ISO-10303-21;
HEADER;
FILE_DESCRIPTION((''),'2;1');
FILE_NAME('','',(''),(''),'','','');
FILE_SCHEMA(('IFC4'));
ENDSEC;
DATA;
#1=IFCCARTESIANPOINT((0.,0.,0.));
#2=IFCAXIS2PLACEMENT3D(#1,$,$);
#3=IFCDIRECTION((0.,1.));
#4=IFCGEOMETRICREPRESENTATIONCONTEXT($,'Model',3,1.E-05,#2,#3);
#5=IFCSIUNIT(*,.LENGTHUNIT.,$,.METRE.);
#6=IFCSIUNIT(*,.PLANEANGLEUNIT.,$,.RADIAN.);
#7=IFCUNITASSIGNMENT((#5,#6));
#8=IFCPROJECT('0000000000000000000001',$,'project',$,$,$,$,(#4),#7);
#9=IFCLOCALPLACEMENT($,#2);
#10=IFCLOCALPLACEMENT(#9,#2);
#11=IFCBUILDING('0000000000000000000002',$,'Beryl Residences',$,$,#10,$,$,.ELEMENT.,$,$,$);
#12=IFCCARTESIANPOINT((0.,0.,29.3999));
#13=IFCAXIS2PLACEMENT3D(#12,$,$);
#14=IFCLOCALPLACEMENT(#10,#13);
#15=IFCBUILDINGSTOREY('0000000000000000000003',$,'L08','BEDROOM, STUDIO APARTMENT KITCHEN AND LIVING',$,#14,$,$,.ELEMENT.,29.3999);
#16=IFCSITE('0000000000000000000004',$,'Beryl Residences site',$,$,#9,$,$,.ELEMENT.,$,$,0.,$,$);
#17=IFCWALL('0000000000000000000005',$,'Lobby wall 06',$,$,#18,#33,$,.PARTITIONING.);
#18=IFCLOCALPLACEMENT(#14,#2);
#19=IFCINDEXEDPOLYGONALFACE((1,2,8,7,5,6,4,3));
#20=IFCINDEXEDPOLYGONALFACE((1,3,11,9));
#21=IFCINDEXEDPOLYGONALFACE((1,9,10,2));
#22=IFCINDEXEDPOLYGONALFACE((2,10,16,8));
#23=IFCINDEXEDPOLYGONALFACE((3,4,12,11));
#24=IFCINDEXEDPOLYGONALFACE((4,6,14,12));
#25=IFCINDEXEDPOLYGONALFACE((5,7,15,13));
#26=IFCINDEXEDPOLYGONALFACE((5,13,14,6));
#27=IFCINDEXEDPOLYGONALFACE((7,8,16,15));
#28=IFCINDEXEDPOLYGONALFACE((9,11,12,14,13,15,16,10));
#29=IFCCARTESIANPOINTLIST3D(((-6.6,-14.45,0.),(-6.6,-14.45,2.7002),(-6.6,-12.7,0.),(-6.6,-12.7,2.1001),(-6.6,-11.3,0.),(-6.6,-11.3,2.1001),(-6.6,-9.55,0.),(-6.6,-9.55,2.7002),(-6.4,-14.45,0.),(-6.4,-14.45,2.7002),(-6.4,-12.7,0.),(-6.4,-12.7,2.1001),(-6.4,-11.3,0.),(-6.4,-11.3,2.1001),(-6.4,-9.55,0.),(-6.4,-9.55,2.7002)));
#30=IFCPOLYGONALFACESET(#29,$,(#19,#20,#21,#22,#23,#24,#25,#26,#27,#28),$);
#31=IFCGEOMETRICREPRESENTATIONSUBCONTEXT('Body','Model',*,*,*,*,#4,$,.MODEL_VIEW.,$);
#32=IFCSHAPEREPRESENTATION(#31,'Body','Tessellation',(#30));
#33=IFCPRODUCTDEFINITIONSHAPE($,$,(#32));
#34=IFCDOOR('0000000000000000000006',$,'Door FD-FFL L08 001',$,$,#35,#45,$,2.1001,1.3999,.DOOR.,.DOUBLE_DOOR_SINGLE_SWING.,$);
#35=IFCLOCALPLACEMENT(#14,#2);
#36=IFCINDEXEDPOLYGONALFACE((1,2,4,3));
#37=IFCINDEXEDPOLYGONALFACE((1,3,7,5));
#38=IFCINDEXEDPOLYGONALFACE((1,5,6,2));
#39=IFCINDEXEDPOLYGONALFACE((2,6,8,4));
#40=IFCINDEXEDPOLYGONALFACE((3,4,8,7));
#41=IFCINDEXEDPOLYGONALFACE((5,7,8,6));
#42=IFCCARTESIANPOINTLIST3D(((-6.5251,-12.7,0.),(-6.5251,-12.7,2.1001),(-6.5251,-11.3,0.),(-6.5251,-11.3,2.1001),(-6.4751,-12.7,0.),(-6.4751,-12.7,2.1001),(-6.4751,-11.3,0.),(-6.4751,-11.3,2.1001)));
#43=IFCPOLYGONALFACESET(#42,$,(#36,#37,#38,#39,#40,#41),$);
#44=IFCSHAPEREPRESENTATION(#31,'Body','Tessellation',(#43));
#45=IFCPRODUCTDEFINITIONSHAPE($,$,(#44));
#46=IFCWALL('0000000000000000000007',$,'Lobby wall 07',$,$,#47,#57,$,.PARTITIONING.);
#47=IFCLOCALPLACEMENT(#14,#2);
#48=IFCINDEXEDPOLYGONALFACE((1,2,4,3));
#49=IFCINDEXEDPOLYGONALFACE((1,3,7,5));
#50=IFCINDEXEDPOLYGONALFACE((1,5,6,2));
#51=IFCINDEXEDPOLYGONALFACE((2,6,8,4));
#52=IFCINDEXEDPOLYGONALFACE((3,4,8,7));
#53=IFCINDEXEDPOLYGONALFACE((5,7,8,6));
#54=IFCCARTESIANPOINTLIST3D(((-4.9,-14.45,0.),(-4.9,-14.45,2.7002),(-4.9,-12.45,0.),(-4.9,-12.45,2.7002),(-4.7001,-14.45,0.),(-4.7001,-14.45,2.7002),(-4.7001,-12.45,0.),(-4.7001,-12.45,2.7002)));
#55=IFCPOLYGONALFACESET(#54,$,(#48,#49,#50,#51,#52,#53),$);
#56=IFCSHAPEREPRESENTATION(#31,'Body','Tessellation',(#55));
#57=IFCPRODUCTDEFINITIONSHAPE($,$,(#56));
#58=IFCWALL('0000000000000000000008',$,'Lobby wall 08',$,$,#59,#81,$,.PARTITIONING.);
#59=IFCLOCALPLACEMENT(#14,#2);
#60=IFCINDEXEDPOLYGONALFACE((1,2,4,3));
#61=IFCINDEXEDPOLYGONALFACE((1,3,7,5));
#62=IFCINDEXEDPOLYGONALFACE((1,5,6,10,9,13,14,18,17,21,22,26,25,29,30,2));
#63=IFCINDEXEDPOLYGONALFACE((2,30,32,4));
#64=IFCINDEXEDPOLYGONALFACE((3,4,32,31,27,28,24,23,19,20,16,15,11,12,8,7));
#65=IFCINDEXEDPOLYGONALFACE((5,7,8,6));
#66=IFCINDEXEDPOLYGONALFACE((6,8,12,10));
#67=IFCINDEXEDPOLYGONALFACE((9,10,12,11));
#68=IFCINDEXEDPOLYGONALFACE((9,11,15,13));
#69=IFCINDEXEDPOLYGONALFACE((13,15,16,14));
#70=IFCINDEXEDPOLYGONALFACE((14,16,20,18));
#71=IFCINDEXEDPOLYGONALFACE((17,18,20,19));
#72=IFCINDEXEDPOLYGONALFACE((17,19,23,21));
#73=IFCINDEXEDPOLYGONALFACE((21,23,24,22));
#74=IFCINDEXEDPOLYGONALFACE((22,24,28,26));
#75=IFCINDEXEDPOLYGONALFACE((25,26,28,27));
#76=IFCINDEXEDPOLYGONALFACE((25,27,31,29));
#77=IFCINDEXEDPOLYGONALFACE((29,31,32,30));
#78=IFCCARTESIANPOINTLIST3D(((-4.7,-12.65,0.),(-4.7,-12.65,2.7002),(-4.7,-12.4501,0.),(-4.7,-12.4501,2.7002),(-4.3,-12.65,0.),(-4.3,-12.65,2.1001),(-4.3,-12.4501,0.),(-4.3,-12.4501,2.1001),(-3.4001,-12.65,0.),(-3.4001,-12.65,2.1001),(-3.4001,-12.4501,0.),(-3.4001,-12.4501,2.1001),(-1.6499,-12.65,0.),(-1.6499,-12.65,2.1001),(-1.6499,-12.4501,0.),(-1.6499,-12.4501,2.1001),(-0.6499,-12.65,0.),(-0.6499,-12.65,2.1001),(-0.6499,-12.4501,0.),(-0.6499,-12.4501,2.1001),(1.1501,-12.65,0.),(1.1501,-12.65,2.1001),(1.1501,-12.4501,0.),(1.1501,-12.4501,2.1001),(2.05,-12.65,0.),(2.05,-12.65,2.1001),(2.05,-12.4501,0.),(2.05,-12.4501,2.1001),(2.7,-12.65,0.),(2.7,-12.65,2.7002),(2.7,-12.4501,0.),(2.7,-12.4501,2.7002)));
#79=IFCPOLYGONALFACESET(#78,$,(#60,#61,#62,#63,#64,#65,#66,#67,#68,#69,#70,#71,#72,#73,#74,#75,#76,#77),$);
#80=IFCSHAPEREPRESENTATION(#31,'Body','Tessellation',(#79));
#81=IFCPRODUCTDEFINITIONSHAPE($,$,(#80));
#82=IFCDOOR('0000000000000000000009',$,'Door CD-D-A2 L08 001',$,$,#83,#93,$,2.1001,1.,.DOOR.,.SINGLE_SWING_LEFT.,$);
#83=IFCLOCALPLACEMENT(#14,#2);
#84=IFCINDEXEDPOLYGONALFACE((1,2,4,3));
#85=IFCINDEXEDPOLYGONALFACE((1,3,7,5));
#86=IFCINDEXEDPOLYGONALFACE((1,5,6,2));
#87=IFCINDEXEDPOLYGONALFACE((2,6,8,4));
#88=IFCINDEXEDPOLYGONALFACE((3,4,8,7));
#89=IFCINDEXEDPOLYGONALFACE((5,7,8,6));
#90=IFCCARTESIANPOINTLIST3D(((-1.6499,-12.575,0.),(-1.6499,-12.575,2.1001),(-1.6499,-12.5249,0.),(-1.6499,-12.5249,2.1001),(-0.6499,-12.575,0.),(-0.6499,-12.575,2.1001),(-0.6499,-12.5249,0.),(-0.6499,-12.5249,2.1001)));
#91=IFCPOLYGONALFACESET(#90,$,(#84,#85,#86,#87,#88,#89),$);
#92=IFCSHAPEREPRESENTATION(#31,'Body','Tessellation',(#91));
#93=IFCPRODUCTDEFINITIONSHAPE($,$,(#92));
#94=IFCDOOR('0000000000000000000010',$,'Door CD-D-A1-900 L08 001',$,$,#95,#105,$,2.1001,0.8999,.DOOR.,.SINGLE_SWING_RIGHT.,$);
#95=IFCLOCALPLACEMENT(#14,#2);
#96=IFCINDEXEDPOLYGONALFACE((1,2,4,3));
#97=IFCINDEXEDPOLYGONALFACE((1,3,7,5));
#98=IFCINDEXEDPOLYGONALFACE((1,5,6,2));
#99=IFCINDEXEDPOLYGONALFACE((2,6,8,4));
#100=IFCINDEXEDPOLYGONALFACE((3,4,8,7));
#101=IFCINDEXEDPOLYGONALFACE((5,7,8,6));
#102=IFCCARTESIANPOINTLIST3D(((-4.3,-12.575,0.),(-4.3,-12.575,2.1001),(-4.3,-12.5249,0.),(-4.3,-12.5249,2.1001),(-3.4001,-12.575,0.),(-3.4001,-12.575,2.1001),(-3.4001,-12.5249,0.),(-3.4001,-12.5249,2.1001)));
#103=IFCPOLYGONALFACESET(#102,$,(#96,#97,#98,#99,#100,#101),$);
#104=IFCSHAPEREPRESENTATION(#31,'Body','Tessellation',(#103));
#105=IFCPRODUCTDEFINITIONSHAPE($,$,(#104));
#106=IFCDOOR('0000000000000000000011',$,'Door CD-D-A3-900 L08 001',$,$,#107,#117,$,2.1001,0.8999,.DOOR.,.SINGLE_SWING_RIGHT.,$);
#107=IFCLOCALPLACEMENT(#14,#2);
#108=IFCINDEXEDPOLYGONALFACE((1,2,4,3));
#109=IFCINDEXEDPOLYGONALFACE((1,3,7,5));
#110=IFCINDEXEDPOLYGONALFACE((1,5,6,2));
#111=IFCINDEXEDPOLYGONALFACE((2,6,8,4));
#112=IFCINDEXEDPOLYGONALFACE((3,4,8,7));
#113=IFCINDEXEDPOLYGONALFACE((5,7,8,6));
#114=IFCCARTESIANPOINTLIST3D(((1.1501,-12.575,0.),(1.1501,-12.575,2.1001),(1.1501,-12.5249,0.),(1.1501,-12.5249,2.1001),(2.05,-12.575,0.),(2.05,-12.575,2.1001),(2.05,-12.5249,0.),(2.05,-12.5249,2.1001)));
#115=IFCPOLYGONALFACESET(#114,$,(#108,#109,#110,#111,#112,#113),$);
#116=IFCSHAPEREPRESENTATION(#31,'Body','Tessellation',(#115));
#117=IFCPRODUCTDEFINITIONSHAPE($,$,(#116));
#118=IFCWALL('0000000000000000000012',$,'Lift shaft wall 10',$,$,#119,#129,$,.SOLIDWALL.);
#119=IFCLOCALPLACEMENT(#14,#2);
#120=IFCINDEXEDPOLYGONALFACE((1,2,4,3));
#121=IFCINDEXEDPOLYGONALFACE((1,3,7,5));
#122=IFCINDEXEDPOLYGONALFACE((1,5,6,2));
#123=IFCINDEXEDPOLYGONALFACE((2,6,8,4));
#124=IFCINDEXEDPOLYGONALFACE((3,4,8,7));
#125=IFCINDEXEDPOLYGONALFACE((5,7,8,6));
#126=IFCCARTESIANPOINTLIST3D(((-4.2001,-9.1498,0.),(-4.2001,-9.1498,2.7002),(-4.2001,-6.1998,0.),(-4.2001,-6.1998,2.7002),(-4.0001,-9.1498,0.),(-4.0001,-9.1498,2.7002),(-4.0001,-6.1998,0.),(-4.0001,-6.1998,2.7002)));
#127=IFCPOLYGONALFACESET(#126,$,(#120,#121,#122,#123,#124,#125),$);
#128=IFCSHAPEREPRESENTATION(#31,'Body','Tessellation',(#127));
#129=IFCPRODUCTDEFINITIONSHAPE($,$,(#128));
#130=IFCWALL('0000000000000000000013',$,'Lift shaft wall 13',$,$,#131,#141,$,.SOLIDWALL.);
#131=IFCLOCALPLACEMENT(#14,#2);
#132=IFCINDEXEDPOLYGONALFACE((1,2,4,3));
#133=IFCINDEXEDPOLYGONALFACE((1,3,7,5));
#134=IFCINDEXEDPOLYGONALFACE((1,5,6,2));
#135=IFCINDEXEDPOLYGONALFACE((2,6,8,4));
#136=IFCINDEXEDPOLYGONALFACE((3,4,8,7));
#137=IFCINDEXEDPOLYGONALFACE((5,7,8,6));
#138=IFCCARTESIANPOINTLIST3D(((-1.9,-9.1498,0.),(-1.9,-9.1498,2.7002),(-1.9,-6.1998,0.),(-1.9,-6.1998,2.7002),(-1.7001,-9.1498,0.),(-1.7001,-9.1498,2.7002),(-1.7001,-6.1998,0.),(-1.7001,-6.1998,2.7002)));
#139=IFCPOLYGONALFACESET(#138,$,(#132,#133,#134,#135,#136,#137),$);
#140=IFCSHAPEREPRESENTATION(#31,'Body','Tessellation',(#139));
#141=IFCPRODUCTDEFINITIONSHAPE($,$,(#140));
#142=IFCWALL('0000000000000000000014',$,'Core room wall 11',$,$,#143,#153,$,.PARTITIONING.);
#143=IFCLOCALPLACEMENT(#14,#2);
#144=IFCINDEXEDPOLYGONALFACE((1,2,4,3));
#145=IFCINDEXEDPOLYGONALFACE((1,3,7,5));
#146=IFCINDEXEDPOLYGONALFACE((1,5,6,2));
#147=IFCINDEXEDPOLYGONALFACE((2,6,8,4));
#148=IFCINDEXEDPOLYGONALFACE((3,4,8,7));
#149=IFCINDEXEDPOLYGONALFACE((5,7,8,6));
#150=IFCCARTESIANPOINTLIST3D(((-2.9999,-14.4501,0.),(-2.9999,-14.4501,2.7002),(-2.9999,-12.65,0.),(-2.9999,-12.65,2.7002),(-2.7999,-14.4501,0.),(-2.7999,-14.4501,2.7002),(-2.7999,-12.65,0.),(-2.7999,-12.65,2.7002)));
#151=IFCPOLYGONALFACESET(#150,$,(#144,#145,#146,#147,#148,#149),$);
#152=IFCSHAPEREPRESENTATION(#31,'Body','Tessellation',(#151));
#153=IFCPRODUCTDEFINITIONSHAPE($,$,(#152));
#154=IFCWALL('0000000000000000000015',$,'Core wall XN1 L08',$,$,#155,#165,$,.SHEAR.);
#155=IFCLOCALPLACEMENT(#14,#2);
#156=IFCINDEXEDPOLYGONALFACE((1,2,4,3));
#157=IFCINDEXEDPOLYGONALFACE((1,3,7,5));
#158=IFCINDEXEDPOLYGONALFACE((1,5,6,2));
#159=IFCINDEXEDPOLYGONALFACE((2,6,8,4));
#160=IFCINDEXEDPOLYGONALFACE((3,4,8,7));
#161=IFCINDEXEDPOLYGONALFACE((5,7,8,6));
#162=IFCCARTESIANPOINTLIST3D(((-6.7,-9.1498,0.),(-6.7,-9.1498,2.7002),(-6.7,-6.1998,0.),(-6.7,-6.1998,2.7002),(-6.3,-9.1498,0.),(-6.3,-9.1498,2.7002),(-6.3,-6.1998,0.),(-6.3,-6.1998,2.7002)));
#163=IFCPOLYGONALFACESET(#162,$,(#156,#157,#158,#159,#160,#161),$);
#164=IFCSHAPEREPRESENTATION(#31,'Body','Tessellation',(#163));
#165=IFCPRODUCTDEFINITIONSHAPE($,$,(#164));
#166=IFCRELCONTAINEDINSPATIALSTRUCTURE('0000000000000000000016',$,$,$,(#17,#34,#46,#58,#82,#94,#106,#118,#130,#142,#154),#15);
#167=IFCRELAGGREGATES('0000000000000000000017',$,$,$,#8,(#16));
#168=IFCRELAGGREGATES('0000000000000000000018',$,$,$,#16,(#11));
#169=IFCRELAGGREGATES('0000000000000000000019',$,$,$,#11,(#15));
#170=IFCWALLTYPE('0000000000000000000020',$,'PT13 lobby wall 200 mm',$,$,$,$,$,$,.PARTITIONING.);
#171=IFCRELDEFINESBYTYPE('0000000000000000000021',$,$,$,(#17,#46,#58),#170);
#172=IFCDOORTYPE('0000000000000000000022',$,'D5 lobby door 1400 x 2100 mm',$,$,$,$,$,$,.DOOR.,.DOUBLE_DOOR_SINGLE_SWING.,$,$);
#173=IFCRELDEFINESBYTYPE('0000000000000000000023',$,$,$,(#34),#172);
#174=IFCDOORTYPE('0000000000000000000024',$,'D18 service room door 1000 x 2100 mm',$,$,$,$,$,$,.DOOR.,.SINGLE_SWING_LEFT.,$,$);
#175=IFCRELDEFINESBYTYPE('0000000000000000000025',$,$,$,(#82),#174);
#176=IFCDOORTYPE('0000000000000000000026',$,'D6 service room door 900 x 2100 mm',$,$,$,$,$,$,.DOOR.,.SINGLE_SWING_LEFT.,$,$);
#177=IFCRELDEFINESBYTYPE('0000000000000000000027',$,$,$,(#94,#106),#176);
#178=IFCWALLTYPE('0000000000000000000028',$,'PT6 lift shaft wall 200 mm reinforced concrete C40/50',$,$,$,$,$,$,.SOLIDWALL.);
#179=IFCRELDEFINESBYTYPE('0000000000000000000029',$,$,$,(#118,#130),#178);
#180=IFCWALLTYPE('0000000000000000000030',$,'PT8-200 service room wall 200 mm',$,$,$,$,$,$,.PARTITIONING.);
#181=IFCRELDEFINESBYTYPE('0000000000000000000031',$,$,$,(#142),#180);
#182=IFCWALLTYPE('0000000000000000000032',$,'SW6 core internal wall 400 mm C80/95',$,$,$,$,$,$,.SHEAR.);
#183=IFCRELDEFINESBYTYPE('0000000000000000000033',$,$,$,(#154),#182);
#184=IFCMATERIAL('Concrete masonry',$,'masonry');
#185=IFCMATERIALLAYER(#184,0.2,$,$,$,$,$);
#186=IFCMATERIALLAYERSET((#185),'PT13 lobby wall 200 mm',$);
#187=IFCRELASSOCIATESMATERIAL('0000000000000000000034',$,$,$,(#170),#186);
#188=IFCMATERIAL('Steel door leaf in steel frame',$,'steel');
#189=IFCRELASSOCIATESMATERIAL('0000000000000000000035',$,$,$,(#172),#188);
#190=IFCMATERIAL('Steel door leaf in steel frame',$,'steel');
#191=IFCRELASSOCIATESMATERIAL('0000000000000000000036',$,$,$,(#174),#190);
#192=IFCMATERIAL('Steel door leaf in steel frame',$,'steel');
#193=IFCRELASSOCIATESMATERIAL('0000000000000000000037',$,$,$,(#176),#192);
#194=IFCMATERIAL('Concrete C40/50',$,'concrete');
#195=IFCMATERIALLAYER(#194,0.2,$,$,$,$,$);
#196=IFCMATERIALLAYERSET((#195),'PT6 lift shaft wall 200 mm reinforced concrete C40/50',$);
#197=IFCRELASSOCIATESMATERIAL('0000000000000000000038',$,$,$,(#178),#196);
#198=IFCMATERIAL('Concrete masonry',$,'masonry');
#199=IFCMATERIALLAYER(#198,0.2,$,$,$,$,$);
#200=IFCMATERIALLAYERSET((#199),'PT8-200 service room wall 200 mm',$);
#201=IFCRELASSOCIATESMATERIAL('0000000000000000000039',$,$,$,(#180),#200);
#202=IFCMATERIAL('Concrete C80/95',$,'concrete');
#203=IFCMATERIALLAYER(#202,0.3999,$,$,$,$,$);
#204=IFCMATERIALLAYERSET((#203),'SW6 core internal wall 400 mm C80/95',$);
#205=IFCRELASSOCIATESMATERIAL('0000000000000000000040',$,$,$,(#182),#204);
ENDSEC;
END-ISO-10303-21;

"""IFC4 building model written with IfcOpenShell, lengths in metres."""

from ifc_helpers import new_model, si_unit, direction, frame, frame_2d, origin, place, context, subcontext, project, spatial, rectangle, extrude, material, layer, layer_set, type_object, element, fill, save


model = new_model("IFC4")

# Units and contexts
model_context = context("Model", 3, precision=1e-05, world=origin(), true_north=direction((0.0, 1.0)))
body_context = subcontext(model_context, "Body", "Model", "MODEL_VIEW")
ifc_project = project(units=[si_unit("LENGTHUNIT", "METRE"), si_unit("PLANEANGLEUNIT", "RADIAN")], contexts=[model_context])

# Site, building, storey
site_placement = place(None, origin())
site = spatial("IfcSite", under=ifc_project, at=site_placement, Name="Beryl Residences site", CompositionType="ELEMENT", RefElevation=0.0)
building_placement = place(site_placement, origin())
building = spatial("IfcBuilding", under=site, at=building_placement, Name="Beryl Residences", CompositionType="ELEMENT")
storey_placement = place(building_placement, frame((0.0, 0.0, 29.3999)))
storey = spatial("IfcBuildingStorey", under=building, at=storey_placement, Name="L08", Description="BEDROOM, STUDIO APARTMENT KITCHEN AND LIVING", CompositionType="ELEMENT", Elevation=29.3999)

# Wall, opening, door
ifc_material_1 = material(Name="Concrete masonry", Category="masonry")
ifc_layer_1 = layer(ifc_material_1, 0.2)
ifc_layer_set_1 = layer_set([ifc_layer_1], Name="PT13 lobby wall 200 mm")
wall_type_1 = type_object("IfcWallType", Name="PT13 lobby wall 200 mm", PredefinedType="PARTITIONING", material=ifc_layer_set_1)
wall_1_placement = place(storey_placement, frame((-6.5, -14.45, 0.0), z_axis=(0.0, 0.0, 1.0), x_axis=(0.0, 1.0, 0.0)))
wall_1 = element("IfcWall", 1, at=wall_1_placement, inside=storey, type_object=wall_type_1, Name="Lobby wall 06", PredefinedType="PARTITIONING", context=body_context, shape_type="SweptSolid", body=[
    extrude(rectangle(XDim=4.8999, YDim=0.2, at=frame_2d((2.45, 0.0))), origin(), (0.0, 0.0, 1.0), 2.7002),
])
opening_1_placement = place(wall_1_placement, frame((3.1499, 0.0, 0.0), z_axis=(0.0, 0.0, 1.0), x_axis=(-1.0, 0.0, 0.0)))
opening_1 = element("IfcOpeningElement", 2, at=opening_1_placement, cuts=wall_1, PredefinedType="OPENING", context=body_context, shape_type="SweptSolid", body=[
    extrude(rectangle(XDim=1.3999, YDim=2.1001, at=frame_2d((0.7, 1.05))), frame((0.0, 0.1099, 0.0), z_axis=(0.0, -1.0, 0.0), x_axis=(1.0, 0.0, 0.0)), (0.0, 0.0, 1.0), 0.22),
])
ifc_material_2 = material(Name="Steel door leaf in steel frame", Category="steel")
door_type_1 = type_object("IfcDoorType", Name="D5 lobby door 1400 x 2100 mm", OperationType="DOUBLE_DOOR_SINGLE_SWING", PredefinedType="DOOR", material=ifc_material_2)
door_1_placement = place(opening_1_placement, origin())
door_1 = element("IfcDoor", 3, at=door_1_placement, inside=storey, type_object=door_type_1, Name="Door FD-FFL L08 001", OperationType="DOUBLE_DOOR_SINGLE_SWING", OverallHeight=2.1001, OverallWidth=1.3999, PredefinedType="DOOR", context=body_context, shape_type="SweptSolid", body=[
    extrude(rectangle(XDim=1.3999, YDim=2.1001, at=frame_2d((0.7, 1.05))), frame((0.0, 0.0249, 0.0), z_axis=(0.0, -1.0, 0.0), x_axis=(1.0, 0.0, 0.0)), (0.0, 0.0, 1.0), 0.05),
])
fill(opening_1, door_1)

# Wall
wall_2_placement = place(storey_placement, frame((-4.8, -14.45, 0.0), z_axis=(0.0, 0.0, 1.0), x_axis=(0.0, 1.0, 0.0)))
element("IfcWall", 4, at=wall_2_placement, inside=storey, type_object=wall_type_1, Name="Lobby wall 07", PredefinedType="PARTITIONING", context=body_context, shape_type="SweptSolid", body=[
    extrude(rectangle(XDim=2.0, YDim=0.2, at=frame_2d((1.0, 0.0))), origin(), (0.0, 0.0, 1.0), 2.7002),
])

# Wall, openings, doors
wall_3_placement = place(storey_placement, frame((-4.7, -12.55, 0.0), z_axis=(0.0, 0.0, 1.0), x_axis=(1.0, 0.0, 0.0)))
wall_3 = element("IfcWall", 5, at=wall_3_placement, inside=storey, type_object=wall_type_1, Name="Lobby wall 08", PredefinedType="PARTITIONING", context=body_context, shape_type="SweptSolid", body=[
    extrude(rectangle(XDim=7.3999, YDim=0.2, at=frame_2d((3.7, 0.0))), origin(), (0.0, 0.0, 1.0), 2.7002),
])
opening_2_placement = place(wall_3_placement, frame((1.2998, 0.0, 0.0), z_axis=(0.0, 0.0, 1.0), x_axis=(-1.0, 0.0, 0.0)))
opening_2 = element("IfcOpeningElement", 6, at=opening_2_placement, cuts=wall_3, PredefinedType="OPENING", context=body_context, shape_type="SweptSolid", body=[
    extrude(rectangle(XDim=0.8999, YDim=2.1001, at=frame_2d((0.45, 1.05))), frame((0.0, 0.1099, 0.0), z_axis=(0.0, -1.0, 0.0), x_axis=(1.0, 0.0, 0.0)), (0.0, 0.0, 1.0), 0.22),
])
opening_3_placement = place(wall_3_placement, frame((4.05, 0.0, 0.0), z_axis=(0.0, 0.0, 1.0), x_axis=(-1.0, 0.0, 0.0)))
opening_3 = element("IfcOpeningElement", 7, at=opening_3_placement, cuts=wall_3, PredefinedType="OPENING", context=body_context, shape_type="SweptSolid", body=[
    extrude(rectangle(XDim=1.0, YDim=2.1001, at=frame_2d((0.5, 1.05))), frame((0.0, 0.1099, 0.0), z_axis=(0.0, -1.0, 0.0), x_axis=(1.0, 0.0, 0.0)), (0.0, 0.0, 1.0), 0.22),
])
opening_4_placement = place(wall_3_placement, frame((6.75, 0.0, 0.0), z_axis=(0.0, 0.0, 1.0), x_axis=(-1.0, 0.0, 0.0)))
opening_4 = element("IfcOpeningElement", 8, at=opening_4_placement, cuts=wall_3, PredefinedType="OPENING", context=body_context, shape_type="SweptSolid", body=[
    extrude(rectangle(XDim=0.8999, YDim=2.1001, at=frame_2d((0.45, 1.05))), frame((0.0, 0.1099, 0.0), z_axis=(0.0, -1.0, 0.0), x_axis=(1.0, 0.0, 0.0)), (0.0, 0.0, 1.0), 0.22),
])
ifc_material_3 = material(Name="Steel door leaf in steel frame", Category="steel")
door_type_2 = type_object("IfcDoorType", Name="D18 service room door 1000 x 2100 mm", OperationType="SINGLE_SWING_LEFT", PredefinedType="DOOR", material=ifc_material_3)
door_2_placement = place(opening_3_placement, origin())
door_2 = element("IfcDoor", 9, at=door_2_placement, inside=storey, type_object=door_type_2, Name="Door CD-D-A2 L08 001", OperationType="SINGLE_SWING_LEFT", OverallHeight=2.1001, OverallWidth=1.0, PredefinedType="DOOR", context=body_context, shape_type="SweptSolid", body=[
    extrude(rectangle(XDim=1.0, YDim=2.1001, at=frame_2d((0.5, 1.05))), frame((0.0, 0.0249, 0.0), z_axis=(0.0, -1.0, 0.0), x_axis=(1.0, 0.0, 0.0)), (0.0, 0.0, 1.0), 0.05),
])
fill(opening_3, door_2)
ifc_material_4 = material(Name="Steel door leaf in steel frame", Category="steel")
door_type_3 = type_object("IfcDoorType", Name="D6 service room door 900 x 2100 mm", OperationType="SINGLE_SWING_LEFT", PredefinedType="DOOR", material=ifc_material_4)
door_3_placement = place(opening_2_placement, origin())
door_3 = element("IfcDoor", 10, at=door_3_placement, inside=storey, type_object=door_type_3, Name="Door CD-D-A1-900 L08 001", OperationType="SINGLE_SWING_RIGHT", OverallHeight=2.1001, OverallWidth=0.8999, PredefinedType="DOOR", context=body_context, shape_type="SweptSolid", body=[
    extrude(rectangle(XDim=0.8999, YDim=2.1001, at=frame_2d((0.45, 1.05))), frame((0.0, 0.0249, 0.0), z_axis=(0.0, -1.0, 0.0), x_axis=(1.0, 0.0, 0.0)), (0.0, 0.0, 1.0), 0.05),
])
fill(opening_2, door_3)
door_4_placement = place(opening_4_placement, origin())
door_4 = element("IfcDoor", 11, at=door_4_placement, inside=storey, type_object=door_type_3, Name="Door CD-D-A3-900 L08 001", OperationType="SINGLE_SWING_RIGHT", OverallHeight=2.1001, OverallWidth=0.8999, PredefinedType="DOOR", context=body_context, shape_type="SweptSolid", body=[
    extrude(rectangle(XDim=0.8999, YDim=2.1001, at=frame_2d((0.45, 1.05))), frame((0.0, 0.0249, 0.0), z_axis=(0.0, -1.0, 0.0), x_axis=(1.0, 0.0, 0.0)), (0.0, 0.0, 1.0), 0.05),
])
fill(opening_4, door_4)

# Walls
ifc_material_5 = material(Name="Concrete C40/50", Category="concrete")
ifc_layer_2 = layer(ifc_material_5, 0.2)
ifc_layer_set_2 = layer_set([ifc_layer_2], Name="PT6 lift shaft wall 200 mm reinforced concrete C40/50")
wall_type_2 = type_object("IfcWallType", Name="PT6 lift shaft wall 200 mm reinforced concrete C40/50", PredefinedType="SOLIDWALL", material=ifc_layer_set_2)
for number, where, z_axis, x_axis, name in (
    (12, (-4.1001, -9.1499, 0.0), (0.0, 0.0, 1.0), (0.0, 1.0, 0.0), "Lift shaft wall 10"),
    (13, (-1.8, -9.1499, 0.0), (0.0, 0.0, 1.0), (0.0, 1.0, 0.0), "Lift shaft wall 13"),
):
    element("IfcWall", number, at=place(storey_placement, frame(where, z_axis=z_axis, x_axis=x_axis)), inside=storey, type_object=wall_type_2, Name=name, PredefinedType="SOLIDWALL", context=body_context, shape_type="SweptSolid", body=[
        extrude(rectangle(XDim=2.95, YDim=0.2, at=frame_2d((1.4751, 0.0))), origin(), (0.0, 0.0, 1.0), 2.7002),
    ])
ifc_material_6 = material(Name="Concrete masonry", Category="masonry")
ifc_layer_3 = layer(ifc_material_6, 0.2)
ifc_layer_set_3 = layer_set([ifc_layer_3], Name="PT8-200 service room wall 200 mm")
wall_type_3 = type_object("IfcWallType", Name="PT8-200 service room wall 200 mm", PredefinedType="PARTITIONING", material=ifc_layer_set_3)
wall_4_placement = place(storey_placement, frame((-2.8999, -14.45, 0.0), z_axis=(0.0, 0.0, 1.0), x_axis=(0.0, 1.0, 0.0)))
element("IfcWall", 14, at=wall_4_placement, inside=storey, type_object=wall_type_3, Name="Core room wall 11", PredefinedType="PARTITIONING", context=body_context, shape_type="SweptSolid", body=[
    extrude(rectangle(XDim=1.8, YDim=0.2, at=frame_2d((0.8999, 0.0))), origin(), (0.0, 0.0, 1.0), 2.7002),
])
ifc_material_7 = material(Name="Concrete C80/95", Category="concrete")
ifc_layer_4 = layer(ifc_material_7, 0.3999)
ifc_layer_set_4 = layer_set([ifc_layer_4], Name="SW6 core internal wall 400 mm C80/95")
wall_type_4 = type_object("IfcWallType", Name="SW6 core internal wall 400 mm C80/95", PredefinedType="SHEAR", material=ifc_layer_set_4)
wall_5_placement = place(storey_placement, frame((-6.5, -9.1499, 0.0), z_axis=(0.0, 0.0, 1.0), x_axis=(0.0, 1.0, 0.0)))
element("IfcWall", 15, at=wall_5_placement, inside=storey, type_object=wall_type_4, Name="Core wall XN1 L08", PredefinedType="SHEAR", context=body_context, shape_type="SweptSolid", body=[
    extrude(rectangle(XDim=2.95, YDim=0.3999, at=frame_2d((1.4751, 0.0))), origin(), (0.0, 0.0, 1.0), 2.7002),
])

save(model, "model.ifc")
